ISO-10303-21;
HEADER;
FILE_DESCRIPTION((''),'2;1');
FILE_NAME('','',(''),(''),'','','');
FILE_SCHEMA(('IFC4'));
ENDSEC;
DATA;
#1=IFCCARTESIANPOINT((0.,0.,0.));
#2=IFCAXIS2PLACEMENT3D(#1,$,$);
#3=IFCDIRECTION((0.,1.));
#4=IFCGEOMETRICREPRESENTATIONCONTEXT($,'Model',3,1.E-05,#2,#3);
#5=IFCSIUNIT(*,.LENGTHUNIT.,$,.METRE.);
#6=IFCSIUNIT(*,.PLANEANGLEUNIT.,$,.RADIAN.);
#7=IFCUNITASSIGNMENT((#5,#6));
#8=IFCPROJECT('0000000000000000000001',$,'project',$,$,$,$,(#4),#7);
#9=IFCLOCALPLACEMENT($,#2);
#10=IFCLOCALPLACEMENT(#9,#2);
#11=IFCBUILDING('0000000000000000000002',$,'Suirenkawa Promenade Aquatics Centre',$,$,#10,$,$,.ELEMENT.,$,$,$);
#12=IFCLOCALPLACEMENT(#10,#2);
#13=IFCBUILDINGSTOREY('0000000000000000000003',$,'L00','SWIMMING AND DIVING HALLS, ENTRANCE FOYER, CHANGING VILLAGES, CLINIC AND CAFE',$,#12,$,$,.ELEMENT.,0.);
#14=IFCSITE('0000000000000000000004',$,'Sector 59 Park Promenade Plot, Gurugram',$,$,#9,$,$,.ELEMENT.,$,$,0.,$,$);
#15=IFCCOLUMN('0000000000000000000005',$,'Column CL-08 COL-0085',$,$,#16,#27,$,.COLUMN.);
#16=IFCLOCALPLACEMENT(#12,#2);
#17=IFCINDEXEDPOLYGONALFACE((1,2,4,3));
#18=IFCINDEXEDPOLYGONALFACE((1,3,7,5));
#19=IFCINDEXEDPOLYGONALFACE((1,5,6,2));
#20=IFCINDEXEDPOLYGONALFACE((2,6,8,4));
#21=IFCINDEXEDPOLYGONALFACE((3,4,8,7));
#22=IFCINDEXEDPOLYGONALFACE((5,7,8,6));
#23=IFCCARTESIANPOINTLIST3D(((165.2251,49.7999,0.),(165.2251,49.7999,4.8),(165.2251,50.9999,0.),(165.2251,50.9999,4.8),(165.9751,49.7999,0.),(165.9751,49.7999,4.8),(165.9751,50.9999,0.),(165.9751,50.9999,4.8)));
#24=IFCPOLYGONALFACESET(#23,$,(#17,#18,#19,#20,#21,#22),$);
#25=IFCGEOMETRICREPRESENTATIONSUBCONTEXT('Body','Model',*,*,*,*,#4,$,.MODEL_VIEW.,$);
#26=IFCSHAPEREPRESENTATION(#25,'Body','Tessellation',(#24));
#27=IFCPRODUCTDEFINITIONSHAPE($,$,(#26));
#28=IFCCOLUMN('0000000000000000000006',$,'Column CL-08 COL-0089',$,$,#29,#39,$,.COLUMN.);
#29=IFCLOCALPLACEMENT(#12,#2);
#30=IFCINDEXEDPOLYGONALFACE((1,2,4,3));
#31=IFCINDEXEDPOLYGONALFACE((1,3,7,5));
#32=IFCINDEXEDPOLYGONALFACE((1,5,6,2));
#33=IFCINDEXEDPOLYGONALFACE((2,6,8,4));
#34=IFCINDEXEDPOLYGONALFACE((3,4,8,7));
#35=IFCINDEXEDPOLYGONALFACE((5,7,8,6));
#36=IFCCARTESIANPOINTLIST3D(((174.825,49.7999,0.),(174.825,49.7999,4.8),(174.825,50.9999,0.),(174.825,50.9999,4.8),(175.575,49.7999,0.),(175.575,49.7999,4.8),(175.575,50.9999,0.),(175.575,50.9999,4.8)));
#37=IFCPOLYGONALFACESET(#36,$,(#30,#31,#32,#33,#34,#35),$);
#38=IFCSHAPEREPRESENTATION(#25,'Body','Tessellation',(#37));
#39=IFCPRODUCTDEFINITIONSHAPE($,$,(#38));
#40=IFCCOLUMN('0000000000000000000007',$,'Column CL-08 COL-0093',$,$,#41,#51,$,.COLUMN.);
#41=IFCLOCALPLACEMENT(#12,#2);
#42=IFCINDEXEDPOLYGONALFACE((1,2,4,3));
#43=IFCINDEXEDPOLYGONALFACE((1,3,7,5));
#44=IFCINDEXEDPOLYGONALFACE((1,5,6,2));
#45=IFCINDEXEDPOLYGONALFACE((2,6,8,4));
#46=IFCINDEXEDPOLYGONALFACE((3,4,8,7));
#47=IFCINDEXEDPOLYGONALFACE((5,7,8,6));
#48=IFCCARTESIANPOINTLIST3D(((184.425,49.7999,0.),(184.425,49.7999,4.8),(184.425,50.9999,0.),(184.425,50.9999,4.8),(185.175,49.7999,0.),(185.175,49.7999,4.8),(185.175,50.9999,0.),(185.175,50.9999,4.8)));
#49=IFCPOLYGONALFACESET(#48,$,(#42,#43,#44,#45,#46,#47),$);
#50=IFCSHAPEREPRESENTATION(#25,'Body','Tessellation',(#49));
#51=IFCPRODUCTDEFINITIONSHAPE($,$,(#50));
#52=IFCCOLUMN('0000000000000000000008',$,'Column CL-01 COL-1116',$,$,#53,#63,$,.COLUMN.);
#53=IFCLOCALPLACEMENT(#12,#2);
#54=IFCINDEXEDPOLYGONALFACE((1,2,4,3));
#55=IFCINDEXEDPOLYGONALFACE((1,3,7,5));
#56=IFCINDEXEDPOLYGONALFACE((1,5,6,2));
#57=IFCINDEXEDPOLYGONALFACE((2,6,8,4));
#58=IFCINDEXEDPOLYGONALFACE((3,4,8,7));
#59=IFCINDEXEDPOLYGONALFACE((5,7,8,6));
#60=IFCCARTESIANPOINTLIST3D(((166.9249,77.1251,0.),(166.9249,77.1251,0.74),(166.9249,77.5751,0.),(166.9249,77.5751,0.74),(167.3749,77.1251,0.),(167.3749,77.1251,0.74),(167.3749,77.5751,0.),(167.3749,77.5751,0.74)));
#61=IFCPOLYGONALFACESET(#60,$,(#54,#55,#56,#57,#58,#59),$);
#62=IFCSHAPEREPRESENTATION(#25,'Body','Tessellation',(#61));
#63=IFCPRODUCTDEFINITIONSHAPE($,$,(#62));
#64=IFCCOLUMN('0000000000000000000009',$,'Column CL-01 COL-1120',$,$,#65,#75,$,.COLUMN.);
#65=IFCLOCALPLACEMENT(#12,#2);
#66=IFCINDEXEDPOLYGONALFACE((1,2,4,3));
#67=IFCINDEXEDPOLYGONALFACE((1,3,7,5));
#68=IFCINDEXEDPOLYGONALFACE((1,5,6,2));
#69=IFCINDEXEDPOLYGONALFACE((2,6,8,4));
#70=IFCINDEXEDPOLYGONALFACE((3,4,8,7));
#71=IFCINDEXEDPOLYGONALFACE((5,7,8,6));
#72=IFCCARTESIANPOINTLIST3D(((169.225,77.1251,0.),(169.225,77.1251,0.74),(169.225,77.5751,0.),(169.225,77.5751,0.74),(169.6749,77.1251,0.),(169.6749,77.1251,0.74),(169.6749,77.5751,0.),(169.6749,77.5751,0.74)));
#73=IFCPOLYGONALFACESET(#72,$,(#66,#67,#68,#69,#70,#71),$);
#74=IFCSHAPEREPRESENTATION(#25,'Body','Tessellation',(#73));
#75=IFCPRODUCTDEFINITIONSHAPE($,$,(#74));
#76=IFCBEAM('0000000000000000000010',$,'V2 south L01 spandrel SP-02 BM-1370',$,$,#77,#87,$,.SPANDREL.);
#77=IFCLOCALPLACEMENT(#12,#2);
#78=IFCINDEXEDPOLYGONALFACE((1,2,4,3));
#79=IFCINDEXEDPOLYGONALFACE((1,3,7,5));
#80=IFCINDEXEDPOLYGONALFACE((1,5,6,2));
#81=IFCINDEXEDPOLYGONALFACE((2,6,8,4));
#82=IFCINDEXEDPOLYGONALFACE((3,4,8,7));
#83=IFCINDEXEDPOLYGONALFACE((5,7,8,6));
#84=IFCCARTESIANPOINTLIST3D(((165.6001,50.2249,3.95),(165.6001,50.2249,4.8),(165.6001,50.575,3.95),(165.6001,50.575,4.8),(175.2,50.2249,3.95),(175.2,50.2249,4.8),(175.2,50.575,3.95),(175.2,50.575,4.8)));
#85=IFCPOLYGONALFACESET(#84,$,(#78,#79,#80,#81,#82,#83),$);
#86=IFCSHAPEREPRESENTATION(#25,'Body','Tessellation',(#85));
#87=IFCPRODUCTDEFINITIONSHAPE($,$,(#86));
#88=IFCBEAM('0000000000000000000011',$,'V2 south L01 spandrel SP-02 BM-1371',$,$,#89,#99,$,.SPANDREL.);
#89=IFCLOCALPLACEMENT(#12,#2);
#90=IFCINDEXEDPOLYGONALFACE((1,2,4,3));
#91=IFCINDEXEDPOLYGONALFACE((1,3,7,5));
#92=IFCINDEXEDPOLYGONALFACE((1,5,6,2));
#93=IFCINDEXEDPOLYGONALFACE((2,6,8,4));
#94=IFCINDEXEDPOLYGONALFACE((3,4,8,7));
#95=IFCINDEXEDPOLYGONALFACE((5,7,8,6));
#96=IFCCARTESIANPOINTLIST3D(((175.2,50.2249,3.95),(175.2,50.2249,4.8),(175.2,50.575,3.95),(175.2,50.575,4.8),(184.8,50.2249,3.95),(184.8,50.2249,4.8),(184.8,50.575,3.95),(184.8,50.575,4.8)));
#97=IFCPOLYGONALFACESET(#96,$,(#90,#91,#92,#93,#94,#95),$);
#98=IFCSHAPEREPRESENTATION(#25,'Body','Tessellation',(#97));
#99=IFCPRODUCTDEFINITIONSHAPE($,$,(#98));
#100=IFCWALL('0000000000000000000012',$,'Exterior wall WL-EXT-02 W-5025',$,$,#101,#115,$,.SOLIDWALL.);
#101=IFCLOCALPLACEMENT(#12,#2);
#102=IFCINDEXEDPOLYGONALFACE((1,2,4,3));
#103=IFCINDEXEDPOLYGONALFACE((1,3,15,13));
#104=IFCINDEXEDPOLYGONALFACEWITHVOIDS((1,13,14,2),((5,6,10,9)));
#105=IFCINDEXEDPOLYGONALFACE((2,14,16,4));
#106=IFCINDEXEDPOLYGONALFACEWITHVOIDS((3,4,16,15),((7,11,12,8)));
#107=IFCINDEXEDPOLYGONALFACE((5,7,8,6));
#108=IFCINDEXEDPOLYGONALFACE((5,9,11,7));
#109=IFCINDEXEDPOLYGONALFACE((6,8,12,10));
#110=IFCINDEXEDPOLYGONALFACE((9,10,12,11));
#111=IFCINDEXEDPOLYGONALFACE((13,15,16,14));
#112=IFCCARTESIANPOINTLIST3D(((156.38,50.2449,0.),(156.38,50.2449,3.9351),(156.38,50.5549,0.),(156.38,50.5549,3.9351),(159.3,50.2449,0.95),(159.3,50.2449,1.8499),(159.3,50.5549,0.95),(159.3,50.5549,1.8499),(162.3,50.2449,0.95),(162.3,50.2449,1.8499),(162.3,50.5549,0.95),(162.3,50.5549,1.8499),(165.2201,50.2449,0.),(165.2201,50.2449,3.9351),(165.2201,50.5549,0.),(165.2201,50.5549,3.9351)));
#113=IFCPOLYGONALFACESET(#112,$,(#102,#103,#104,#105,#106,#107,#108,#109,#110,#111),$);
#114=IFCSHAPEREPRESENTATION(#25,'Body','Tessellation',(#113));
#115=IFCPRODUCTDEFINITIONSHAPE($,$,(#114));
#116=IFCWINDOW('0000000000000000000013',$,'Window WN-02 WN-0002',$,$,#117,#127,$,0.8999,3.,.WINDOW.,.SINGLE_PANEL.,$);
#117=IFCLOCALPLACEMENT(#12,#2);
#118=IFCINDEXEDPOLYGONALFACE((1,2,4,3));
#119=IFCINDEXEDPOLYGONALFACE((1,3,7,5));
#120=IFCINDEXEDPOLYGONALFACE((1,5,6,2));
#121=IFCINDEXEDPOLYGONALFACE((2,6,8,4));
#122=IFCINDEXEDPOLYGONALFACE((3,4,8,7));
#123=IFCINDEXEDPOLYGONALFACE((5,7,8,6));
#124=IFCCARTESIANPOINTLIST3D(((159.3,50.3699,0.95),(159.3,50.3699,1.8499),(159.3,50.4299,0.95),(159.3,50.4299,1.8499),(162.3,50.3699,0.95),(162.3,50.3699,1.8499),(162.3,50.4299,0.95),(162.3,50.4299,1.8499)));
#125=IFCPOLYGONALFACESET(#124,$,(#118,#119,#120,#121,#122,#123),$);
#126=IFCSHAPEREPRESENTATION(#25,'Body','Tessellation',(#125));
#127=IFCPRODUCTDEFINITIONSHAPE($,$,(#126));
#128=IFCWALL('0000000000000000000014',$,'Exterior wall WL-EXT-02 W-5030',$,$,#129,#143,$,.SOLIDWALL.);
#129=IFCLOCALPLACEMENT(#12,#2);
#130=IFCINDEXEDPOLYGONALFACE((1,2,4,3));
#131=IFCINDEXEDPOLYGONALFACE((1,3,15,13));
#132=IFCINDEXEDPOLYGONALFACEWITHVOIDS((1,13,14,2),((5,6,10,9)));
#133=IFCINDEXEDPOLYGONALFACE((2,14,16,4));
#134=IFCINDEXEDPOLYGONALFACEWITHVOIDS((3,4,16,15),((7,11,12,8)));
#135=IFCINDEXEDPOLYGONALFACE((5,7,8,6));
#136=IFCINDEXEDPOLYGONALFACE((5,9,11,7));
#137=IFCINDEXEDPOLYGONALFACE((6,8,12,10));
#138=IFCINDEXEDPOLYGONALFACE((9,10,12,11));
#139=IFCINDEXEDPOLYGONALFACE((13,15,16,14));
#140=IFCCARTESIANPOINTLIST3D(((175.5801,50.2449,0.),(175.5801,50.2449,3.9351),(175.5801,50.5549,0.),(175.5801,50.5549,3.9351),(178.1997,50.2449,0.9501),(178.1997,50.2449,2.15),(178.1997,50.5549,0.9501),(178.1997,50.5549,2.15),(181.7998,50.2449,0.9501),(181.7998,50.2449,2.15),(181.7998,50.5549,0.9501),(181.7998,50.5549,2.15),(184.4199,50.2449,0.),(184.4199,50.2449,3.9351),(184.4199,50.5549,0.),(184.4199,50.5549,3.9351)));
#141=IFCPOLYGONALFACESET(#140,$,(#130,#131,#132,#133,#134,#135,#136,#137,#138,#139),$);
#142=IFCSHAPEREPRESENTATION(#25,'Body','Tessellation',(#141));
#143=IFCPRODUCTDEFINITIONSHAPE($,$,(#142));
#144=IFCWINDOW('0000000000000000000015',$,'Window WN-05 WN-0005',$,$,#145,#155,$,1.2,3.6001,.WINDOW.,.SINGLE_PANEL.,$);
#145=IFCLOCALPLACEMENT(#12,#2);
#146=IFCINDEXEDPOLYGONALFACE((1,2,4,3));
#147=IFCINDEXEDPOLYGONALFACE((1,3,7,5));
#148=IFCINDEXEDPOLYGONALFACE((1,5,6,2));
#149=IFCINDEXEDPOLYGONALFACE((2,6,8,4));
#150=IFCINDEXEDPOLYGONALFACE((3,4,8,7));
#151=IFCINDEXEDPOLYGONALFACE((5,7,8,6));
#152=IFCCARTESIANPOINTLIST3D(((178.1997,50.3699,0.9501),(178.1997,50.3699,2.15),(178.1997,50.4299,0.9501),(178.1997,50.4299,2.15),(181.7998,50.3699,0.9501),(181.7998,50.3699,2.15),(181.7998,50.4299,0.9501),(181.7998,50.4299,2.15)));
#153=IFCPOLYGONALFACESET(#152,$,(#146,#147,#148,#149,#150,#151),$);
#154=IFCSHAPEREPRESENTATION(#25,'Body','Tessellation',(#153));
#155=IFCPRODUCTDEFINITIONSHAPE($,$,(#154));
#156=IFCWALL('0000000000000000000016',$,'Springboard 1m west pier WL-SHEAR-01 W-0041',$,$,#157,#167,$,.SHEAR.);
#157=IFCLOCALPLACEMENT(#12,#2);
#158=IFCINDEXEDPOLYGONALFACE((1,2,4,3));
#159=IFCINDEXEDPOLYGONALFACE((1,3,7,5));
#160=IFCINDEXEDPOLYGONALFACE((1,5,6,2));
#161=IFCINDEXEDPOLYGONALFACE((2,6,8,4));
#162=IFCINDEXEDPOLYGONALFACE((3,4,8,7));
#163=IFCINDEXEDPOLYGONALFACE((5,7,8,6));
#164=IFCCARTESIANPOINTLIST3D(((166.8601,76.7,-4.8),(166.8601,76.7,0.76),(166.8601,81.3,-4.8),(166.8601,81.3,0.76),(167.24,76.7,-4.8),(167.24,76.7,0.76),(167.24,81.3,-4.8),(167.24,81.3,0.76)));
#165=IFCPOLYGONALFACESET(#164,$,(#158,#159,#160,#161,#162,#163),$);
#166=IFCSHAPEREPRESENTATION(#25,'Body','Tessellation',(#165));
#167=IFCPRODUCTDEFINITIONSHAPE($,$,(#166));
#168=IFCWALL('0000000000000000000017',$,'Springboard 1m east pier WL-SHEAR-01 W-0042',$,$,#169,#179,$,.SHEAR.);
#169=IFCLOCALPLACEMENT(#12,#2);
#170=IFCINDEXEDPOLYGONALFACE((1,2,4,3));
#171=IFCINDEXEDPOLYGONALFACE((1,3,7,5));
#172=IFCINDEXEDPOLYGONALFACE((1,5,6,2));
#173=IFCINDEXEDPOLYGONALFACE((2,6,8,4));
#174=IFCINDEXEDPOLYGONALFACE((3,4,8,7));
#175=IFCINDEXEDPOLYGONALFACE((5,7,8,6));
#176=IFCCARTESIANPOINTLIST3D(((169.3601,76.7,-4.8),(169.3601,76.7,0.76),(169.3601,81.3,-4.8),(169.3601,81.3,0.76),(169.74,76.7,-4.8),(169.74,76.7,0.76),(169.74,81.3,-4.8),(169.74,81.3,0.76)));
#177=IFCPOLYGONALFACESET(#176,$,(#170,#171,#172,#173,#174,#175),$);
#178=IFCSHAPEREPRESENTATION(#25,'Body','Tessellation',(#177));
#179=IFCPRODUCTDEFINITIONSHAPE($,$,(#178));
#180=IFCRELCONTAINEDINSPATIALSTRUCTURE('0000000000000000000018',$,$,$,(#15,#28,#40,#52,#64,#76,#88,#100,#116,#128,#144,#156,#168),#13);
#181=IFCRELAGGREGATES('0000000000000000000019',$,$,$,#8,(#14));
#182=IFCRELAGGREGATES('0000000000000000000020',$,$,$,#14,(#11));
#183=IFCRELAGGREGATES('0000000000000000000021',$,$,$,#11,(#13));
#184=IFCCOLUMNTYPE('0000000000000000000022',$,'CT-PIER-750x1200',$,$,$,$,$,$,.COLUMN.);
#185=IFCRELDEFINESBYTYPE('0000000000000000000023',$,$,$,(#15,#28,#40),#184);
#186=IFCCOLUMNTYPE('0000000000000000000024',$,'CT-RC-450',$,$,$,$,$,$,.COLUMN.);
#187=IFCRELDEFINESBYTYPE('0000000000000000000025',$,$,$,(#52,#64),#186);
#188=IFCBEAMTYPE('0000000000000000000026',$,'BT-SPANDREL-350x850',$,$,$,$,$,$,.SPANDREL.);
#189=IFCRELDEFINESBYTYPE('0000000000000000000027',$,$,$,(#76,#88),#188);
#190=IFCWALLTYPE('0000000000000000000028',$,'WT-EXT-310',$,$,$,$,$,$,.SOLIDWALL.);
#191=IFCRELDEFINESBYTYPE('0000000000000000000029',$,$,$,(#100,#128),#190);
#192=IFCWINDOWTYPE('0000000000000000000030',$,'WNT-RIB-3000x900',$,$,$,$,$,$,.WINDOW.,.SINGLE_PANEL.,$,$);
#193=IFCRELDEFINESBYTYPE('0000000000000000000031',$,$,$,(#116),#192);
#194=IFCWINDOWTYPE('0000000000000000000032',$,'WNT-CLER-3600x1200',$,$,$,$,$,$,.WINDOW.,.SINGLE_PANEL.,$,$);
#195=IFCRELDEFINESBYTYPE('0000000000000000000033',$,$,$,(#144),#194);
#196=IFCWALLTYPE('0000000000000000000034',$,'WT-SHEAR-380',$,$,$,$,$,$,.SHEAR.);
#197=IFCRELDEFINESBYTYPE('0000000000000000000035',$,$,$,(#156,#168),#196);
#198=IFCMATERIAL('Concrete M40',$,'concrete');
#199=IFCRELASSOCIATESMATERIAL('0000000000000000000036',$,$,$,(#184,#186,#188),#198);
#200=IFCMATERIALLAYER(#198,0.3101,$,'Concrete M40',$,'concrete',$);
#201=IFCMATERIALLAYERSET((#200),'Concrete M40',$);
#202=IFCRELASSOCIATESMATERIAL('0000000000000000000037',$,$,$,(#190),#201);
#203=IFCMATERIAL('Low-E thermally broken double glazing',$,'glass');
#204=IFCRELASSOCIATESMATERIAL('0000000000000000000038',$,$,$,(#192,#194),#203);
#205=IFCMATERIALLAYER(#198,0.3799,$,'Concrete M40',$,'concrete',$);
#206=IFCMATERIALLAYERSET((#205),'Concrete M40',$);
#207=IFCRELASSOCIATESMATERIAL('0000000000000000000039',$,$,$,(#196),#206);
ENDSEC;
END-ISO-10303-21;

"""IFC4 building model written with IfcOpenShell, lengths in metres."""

from ifc_helpers import new_model, si_unit, direction, frame, frame_2d, origin, origin_2d, place, context, subcontext, project, spatial, rectangle, extrude, material, layer, layer_set, material_profile, profile_set, type_object, element, fill, save


model = new_model("IFC4")

# Units and contexts
model_context = context("Model", 3, precision=1e-05, world=origin(), true_north=direction((0.0, 1.0)))
body_context = subcontext(model_context, "Body", "Model", "MODEL_VIEW")
ifc_project = project(units=[si_unit("LENGTHUNIT", "METRE"), si_unit("PLANEANGLEUNIT", "RADIAN")], contexts=[model_context])

# Site, building, storey
site_placement = place(None, origin())
site = spatial("IfcSite", under=ifc_project, at=site_placement, Name="Sector 59 Park Promenade Plot, Gurugram", CompositionType="ELEMENT", RefElevation=0.0)
building_placement = place(site_placement, origin())
building = spatial("IfcBuilding", under=site, at=building_placement, Name="Suirenkawa Promenade Aquatics Centre", CompositionType="ELEMENT")
storey_placement = place(building_placement, origin())
storey = spatial("IfcBuildingStorey", under=building, at=storey_placement, Name="L00", Description="SWIMMING AND DIVING HALLS, ENTRANCE FOYER, CHANGING VILLAGES, CLINIC AND CAFE", CompositionType="ELEMENT", Elevation=0.0)

# Columns
ifc_material_1 = material(Name="Concrete M40", Category="concrete")
ifc_material_profile_1 = material_profile(ifc_material_1, rectangle(XDim=0.75, YDim=1.2, at=origin_2d()), Name="RC PIER 750x1200", Category="concrete")
ifc_profile_set_1 = profile_set([ifc_material_profile_1], Name="Concrete M40")
column_type_1 = type_object("IfcColumnType", Name="CT-PIER-750x1200", PredefinedType="COLUMN", material=ifc_profile_set_1)
for number, where, z_axis, x_axis, name in (
    (1, (165.6001, 50.3999, 0.0), (0.0, 0.0, 1.0), (1.0, 0.0, 0.0), "Column CL-08 COL-0085"),
    (2, (175.2, 50.3999, 0.0), (0.0, 0.0, 1.0), (1.0, 0.0, 0.0), "Column CL-08 COL-0089"),
    (3, (184.8, 50.3999, 0.0), (0.0, 0.0, 1.0), (1.0, 0.0, 0.0), "Column CL-08 COL-0093"),
):
    element("IfcColumn", number, at=place(storey_placement, frame(where, z_axis=z_axis, x_axis=x_axis)), inside=storey, type_object=column_type_1, Name=name, PredefinedType="COLUMN", context=body_context, shape_type="SweptSolid", body=[
        extrude(rectangle(XDim=0.75, YDim=1.2, at=origin_2d()), origin(), (0.0, 0.0, 1.0), 4.8),
    ])
ifc_material_profile_2 = material_profile(ifc_material_1, rectangle(XDim=0.45, YDim=0.45, at=origin_2d()), Name="RC COL 450x450", Category="concrete")
ifc_profile_set_2 = profile_set([ifc_material_profile_2], Name="Concrete M40")
column_type_2 = type_object("IfcColumnType", Name="CT-RC-450", PredefinedType="COLUMN", material=ifc_profile_set_2)
for number, where, z_axis, x_axis, name in (
    (4, (167.1499, 77.3501, 0.0), (0.0, 0.0, 1.0), (1.0, 0.0, 0.0), "Column CL-01 COL-1116"),
    (5, (169.45, 77.3501, 0.0), (0.0, 0.0, 1.0), (1.0, 0.0, 0.0), "Column CL-01 COL-1120"),
):
    element("IfcColumn", number, at=place(storey_placement, frame(where, z_axis=z_axis, x_axis=x_axis)), inside=storey, type_object=column_type_2, Name=name, PredefinedType="COLUMN", context=body_context, shape_type="SweptSolid", body=[
        extrude(rectangle(XDim=0.45, YDim=0.45, at=origin_2d()), origin(), (0.0, 0.0, 1.0), 0.74),
    ])

# Beams
ifc_material_profile_3 = material_profile(ifc_material_1, rectangle(XDim=0.3501, YDim=0.8501, at=origin_2d()), Name="RC SPANDREL 350x850", Category="concrete")
ifc_profile_set_3 = profile_set([ifc_material_profile_3], Name="Concrete M40")
beam_type = type_object("IfcBeamType", Name="BT-SPANDREL-350x850", PredefinedType="SPANDREL", material=ifc_profile_set_3)
beam_1_placement = place(storey_placement, frame((165.6001, 50.3999, 4.375), z_axis=(1.0, 0.0, 0.0), x_axis=(0.0, 1.0, 0.0)))
element("IfcBeam", 6, at=beam_1_placement, inside=storey, type_object=beam_type, Name="V2 south L01 spandrel SP-02 BM-1370", PredefinedType="SPANDREL", context=body_context, shape_type="SweptSolid", body=[
    extrude(rectangle(XDim=0.3501, YDim=0.8501, at=origin_2d()), origin(), (0.0, 0.0, 1.0), 9.5999),
])
beam_2_placement = place(storey_placement, frame((175.2, 50.3999, 4.375), z_axis=(1.0, 0.0, 0.0), x_axis=(0.0, 1.0, 0.0)))
element("IfcBeam", 7, at=beam_2_placement, inside=storey, type_object=beam_type, Name="V2 south L01 spandrel SP-02 BM-1371", PredefinedType="SPANDREL", context=body_context, shape_type="SweptSolid", body=[
    extrude(rectangle(XDim=0.3501, YDim=0.8501, at=origin_2d()), origin(), (0.0, 0.0, 1.0), 9.6001),
])

# Wall, opening, window
ifc_layer_1 = layer(ifc_material_1, 0.3101, Name="Concrete M40", Category="concrete")
ifc_layer_set_1 = layer_set([ifc_layer_1], Name="Concrete M40")
wall_type_1 = type_object("IfcWallType", Name="WT-EXT-310", PredefinedType="SOLIDWALL", material=ifc_layer_set_1)
wall_1_placement = place(storey_placement, frame((165.22, 50.3999, 0.0), z_axis=(0.0, 0.0, 1.0), x_axis=(-1.0, 0.0, 0.0)))
wall_1 = element("IfcWall", 8, at=wall_1_placement, inside=storey, type_object=wall_type_1, Name="Exterior wall WL-EXT-02 W-5025", PredefinedType="SOLIDWALL", context=body_context, shape_type="SweptSolid", body=[
    extrude(rectangle(XDim=8.8401, YDim=0.3101, at=frame_2d((4.4199, 0.0))), origin(), (0.0, 0.0, 1.0), 3.9351),
])
opening_1_placement = place(wall_1_placement, frame((2.9199, 0.0, 0.95)))
opening_1 = element("IfcOpeningElement", 9, at=opening_1_placement, cuts=wall_1, PredefinedType="OPENING", context=body_context, shape_type="SweptSolid", body=[
    extrude(rectangle(XDim=3.0, YDim=0.8999, at=frame_2d((1.5, 0.45))), frame((0.0, 0.165, 0.0), z_axis=(0.0, -1.0, 0.0), x_axis=(1.0, 0.0, 0.0)), (0.0, 0.0, 1.0), 0.3301),
])
ifc_material_2 = material(Name="Low-E thermally broken double glazing", Category="glass")
window_type_1 = type_object("IfcWindowType", Name="WNT-RIB-3000x900", PartitioningType="SINGLE_PANEL", PredefinedType="WINDOW", material=ifc_material_2)
window_1_placement = place(opening_1_placement, origin())
window_1 = element("IfcWindow", 10, at=window_1_placement, inside=storey, type_object=window_type_1, Name="Window WN-02 WN-0002", OverallHeight=0.8999, OverallWidth=3.0, PartitioningType="SINGLE_PANEL", PredefinedType="WINDOW", context=body_context, shape_type="SweptSolid", body=[
    extrude(rectangle(XDim=3.0, YDim=0.8999, at=frame_2d((1.5, 0.45))), frame((0.0, 0.03, 0.0), z_axis=(0.0, -1.0, 0.0), x_axis=(1.0, 0.0, 0.0)), (0.0, 0.0, 1.0), 0.0601),
])
fill(opening_1, window_1)

# Wall, opening, window
wall_2_placement = place(storey_placement, frame((184.4199, 50.3999, 0.0), z_axis=(0.0, 0.0, 1.0), x_axis=(-1.0, 0.0, 0.0)))
wall_2 = element("IfcWall", 11, at=wall_2_placement, inside=storey, type_object=wall_type_1, Name="Exterior wall WL-EXT-02 W-5030", PredefinedType="SOLIDWALL", context=body_context, shape_type="SweptSolid", body=[
    extrude(rectangle(XDim=8.8398, YDim=0.3101, at=frame_2d((4.4199, 0.0))), origin(), (0.0, 0.0, 1.0), 3.9351),
])
opening_2_placement = place(wall_2_placement, frame((2.6201, 0.0, 0.95)))
opening_2 = element("IfcOpeningElement", 12, at=opening_2_placement, cuts=wall_2, PredefinedType="OPENING", context=body_context, shape_type="SweptSolid", body=[
    extrude(rectangle(XDim=3.6001, YDim=1.2, at=frame_2d((1.8, 0.6001))), frame((0.0, 0.165, 0.0), z_axis=(0.0, -1.0, 0.0), x_axis=(1.0, 0.0, 0.0)), (0.0, 0.0, 1.0), 0.3301),
])
window_type_2 = type_object("IfcWindowType", Name="WNT-CLER-3600x1200", PartitioningType="SINGLE_PANEL", PredefinedType="WINDOW", material=ifc_material_2)
window_2_placement = place(opening_2_placement, origin())
window_2 = element("IfcWindow", 13, at=window_2_placement, inside=storey, type_object=window_type_2, Name="Window WN-05 WN-0005", OverallHeight=1.2, OverallWidth=3.6001, PartitioningType="SINGLE_PANEL", PredefinedType="WINDOW", context=body_context, shape_type="SweptSolid", body=[
    extrude(rectangle(XDim=3.6001, YDim=1.2, at=frame_2d((1.8, 0.6001))), frame((0.0, 0.03, 0.0), z_axis=(0.0, -1.0, 0.0), x_axis=(1.0, 0.0, 0.0)), (0.0, 0.0, 1.0), 0.0601),
])
fill(opening_2, window_2)

# Walls
ifc_layer_2 = layer(ifc_material_1, 0.3799, Name="Concrete M40", Category="concrete")
ifc_layer_set_2 = layer_set([ifc_layer_2], Name="Concrete M40")
wall_type_2 = type_object("IfcWallType", Name="WT-SHEAR-380", PredefinedType="SHEAR", material=ifc_layer_set_2)
for number, where, z_axis, x_axis, name in (
    (14, (167.05, 76.7, -4.8), (0.0, 0.0, 1.0), (0.0, 1.0, 0.0), "Springboard 1m west pier WL-SHEAR-01 W-0041"),
    (15, (169.55, 76.7, -4.8), (0.0, 0.0, 1.0), (0.0, 1.0, 0.0), "Springboard 1m east pier WL-SHEAR-01 W-0042"),
):
    element("IfcWall", number, at=place(storey_placement, frame(where, z_axis=z_axis, x_axis=x_axis)), inside=storey, type_object=wall_type_2, Name=name, PredefinedType="SHEAR", context=body_context, shape_type="SweptSolid", body=[
        extrude(rectangle(XDim=4.6001, YDim=0.3799, at=frame_2d((2.3, 0.0))), origin(), (0.0, 0.0, 1.0), 5.5601),
    ])

save(model, "model.ifc")
